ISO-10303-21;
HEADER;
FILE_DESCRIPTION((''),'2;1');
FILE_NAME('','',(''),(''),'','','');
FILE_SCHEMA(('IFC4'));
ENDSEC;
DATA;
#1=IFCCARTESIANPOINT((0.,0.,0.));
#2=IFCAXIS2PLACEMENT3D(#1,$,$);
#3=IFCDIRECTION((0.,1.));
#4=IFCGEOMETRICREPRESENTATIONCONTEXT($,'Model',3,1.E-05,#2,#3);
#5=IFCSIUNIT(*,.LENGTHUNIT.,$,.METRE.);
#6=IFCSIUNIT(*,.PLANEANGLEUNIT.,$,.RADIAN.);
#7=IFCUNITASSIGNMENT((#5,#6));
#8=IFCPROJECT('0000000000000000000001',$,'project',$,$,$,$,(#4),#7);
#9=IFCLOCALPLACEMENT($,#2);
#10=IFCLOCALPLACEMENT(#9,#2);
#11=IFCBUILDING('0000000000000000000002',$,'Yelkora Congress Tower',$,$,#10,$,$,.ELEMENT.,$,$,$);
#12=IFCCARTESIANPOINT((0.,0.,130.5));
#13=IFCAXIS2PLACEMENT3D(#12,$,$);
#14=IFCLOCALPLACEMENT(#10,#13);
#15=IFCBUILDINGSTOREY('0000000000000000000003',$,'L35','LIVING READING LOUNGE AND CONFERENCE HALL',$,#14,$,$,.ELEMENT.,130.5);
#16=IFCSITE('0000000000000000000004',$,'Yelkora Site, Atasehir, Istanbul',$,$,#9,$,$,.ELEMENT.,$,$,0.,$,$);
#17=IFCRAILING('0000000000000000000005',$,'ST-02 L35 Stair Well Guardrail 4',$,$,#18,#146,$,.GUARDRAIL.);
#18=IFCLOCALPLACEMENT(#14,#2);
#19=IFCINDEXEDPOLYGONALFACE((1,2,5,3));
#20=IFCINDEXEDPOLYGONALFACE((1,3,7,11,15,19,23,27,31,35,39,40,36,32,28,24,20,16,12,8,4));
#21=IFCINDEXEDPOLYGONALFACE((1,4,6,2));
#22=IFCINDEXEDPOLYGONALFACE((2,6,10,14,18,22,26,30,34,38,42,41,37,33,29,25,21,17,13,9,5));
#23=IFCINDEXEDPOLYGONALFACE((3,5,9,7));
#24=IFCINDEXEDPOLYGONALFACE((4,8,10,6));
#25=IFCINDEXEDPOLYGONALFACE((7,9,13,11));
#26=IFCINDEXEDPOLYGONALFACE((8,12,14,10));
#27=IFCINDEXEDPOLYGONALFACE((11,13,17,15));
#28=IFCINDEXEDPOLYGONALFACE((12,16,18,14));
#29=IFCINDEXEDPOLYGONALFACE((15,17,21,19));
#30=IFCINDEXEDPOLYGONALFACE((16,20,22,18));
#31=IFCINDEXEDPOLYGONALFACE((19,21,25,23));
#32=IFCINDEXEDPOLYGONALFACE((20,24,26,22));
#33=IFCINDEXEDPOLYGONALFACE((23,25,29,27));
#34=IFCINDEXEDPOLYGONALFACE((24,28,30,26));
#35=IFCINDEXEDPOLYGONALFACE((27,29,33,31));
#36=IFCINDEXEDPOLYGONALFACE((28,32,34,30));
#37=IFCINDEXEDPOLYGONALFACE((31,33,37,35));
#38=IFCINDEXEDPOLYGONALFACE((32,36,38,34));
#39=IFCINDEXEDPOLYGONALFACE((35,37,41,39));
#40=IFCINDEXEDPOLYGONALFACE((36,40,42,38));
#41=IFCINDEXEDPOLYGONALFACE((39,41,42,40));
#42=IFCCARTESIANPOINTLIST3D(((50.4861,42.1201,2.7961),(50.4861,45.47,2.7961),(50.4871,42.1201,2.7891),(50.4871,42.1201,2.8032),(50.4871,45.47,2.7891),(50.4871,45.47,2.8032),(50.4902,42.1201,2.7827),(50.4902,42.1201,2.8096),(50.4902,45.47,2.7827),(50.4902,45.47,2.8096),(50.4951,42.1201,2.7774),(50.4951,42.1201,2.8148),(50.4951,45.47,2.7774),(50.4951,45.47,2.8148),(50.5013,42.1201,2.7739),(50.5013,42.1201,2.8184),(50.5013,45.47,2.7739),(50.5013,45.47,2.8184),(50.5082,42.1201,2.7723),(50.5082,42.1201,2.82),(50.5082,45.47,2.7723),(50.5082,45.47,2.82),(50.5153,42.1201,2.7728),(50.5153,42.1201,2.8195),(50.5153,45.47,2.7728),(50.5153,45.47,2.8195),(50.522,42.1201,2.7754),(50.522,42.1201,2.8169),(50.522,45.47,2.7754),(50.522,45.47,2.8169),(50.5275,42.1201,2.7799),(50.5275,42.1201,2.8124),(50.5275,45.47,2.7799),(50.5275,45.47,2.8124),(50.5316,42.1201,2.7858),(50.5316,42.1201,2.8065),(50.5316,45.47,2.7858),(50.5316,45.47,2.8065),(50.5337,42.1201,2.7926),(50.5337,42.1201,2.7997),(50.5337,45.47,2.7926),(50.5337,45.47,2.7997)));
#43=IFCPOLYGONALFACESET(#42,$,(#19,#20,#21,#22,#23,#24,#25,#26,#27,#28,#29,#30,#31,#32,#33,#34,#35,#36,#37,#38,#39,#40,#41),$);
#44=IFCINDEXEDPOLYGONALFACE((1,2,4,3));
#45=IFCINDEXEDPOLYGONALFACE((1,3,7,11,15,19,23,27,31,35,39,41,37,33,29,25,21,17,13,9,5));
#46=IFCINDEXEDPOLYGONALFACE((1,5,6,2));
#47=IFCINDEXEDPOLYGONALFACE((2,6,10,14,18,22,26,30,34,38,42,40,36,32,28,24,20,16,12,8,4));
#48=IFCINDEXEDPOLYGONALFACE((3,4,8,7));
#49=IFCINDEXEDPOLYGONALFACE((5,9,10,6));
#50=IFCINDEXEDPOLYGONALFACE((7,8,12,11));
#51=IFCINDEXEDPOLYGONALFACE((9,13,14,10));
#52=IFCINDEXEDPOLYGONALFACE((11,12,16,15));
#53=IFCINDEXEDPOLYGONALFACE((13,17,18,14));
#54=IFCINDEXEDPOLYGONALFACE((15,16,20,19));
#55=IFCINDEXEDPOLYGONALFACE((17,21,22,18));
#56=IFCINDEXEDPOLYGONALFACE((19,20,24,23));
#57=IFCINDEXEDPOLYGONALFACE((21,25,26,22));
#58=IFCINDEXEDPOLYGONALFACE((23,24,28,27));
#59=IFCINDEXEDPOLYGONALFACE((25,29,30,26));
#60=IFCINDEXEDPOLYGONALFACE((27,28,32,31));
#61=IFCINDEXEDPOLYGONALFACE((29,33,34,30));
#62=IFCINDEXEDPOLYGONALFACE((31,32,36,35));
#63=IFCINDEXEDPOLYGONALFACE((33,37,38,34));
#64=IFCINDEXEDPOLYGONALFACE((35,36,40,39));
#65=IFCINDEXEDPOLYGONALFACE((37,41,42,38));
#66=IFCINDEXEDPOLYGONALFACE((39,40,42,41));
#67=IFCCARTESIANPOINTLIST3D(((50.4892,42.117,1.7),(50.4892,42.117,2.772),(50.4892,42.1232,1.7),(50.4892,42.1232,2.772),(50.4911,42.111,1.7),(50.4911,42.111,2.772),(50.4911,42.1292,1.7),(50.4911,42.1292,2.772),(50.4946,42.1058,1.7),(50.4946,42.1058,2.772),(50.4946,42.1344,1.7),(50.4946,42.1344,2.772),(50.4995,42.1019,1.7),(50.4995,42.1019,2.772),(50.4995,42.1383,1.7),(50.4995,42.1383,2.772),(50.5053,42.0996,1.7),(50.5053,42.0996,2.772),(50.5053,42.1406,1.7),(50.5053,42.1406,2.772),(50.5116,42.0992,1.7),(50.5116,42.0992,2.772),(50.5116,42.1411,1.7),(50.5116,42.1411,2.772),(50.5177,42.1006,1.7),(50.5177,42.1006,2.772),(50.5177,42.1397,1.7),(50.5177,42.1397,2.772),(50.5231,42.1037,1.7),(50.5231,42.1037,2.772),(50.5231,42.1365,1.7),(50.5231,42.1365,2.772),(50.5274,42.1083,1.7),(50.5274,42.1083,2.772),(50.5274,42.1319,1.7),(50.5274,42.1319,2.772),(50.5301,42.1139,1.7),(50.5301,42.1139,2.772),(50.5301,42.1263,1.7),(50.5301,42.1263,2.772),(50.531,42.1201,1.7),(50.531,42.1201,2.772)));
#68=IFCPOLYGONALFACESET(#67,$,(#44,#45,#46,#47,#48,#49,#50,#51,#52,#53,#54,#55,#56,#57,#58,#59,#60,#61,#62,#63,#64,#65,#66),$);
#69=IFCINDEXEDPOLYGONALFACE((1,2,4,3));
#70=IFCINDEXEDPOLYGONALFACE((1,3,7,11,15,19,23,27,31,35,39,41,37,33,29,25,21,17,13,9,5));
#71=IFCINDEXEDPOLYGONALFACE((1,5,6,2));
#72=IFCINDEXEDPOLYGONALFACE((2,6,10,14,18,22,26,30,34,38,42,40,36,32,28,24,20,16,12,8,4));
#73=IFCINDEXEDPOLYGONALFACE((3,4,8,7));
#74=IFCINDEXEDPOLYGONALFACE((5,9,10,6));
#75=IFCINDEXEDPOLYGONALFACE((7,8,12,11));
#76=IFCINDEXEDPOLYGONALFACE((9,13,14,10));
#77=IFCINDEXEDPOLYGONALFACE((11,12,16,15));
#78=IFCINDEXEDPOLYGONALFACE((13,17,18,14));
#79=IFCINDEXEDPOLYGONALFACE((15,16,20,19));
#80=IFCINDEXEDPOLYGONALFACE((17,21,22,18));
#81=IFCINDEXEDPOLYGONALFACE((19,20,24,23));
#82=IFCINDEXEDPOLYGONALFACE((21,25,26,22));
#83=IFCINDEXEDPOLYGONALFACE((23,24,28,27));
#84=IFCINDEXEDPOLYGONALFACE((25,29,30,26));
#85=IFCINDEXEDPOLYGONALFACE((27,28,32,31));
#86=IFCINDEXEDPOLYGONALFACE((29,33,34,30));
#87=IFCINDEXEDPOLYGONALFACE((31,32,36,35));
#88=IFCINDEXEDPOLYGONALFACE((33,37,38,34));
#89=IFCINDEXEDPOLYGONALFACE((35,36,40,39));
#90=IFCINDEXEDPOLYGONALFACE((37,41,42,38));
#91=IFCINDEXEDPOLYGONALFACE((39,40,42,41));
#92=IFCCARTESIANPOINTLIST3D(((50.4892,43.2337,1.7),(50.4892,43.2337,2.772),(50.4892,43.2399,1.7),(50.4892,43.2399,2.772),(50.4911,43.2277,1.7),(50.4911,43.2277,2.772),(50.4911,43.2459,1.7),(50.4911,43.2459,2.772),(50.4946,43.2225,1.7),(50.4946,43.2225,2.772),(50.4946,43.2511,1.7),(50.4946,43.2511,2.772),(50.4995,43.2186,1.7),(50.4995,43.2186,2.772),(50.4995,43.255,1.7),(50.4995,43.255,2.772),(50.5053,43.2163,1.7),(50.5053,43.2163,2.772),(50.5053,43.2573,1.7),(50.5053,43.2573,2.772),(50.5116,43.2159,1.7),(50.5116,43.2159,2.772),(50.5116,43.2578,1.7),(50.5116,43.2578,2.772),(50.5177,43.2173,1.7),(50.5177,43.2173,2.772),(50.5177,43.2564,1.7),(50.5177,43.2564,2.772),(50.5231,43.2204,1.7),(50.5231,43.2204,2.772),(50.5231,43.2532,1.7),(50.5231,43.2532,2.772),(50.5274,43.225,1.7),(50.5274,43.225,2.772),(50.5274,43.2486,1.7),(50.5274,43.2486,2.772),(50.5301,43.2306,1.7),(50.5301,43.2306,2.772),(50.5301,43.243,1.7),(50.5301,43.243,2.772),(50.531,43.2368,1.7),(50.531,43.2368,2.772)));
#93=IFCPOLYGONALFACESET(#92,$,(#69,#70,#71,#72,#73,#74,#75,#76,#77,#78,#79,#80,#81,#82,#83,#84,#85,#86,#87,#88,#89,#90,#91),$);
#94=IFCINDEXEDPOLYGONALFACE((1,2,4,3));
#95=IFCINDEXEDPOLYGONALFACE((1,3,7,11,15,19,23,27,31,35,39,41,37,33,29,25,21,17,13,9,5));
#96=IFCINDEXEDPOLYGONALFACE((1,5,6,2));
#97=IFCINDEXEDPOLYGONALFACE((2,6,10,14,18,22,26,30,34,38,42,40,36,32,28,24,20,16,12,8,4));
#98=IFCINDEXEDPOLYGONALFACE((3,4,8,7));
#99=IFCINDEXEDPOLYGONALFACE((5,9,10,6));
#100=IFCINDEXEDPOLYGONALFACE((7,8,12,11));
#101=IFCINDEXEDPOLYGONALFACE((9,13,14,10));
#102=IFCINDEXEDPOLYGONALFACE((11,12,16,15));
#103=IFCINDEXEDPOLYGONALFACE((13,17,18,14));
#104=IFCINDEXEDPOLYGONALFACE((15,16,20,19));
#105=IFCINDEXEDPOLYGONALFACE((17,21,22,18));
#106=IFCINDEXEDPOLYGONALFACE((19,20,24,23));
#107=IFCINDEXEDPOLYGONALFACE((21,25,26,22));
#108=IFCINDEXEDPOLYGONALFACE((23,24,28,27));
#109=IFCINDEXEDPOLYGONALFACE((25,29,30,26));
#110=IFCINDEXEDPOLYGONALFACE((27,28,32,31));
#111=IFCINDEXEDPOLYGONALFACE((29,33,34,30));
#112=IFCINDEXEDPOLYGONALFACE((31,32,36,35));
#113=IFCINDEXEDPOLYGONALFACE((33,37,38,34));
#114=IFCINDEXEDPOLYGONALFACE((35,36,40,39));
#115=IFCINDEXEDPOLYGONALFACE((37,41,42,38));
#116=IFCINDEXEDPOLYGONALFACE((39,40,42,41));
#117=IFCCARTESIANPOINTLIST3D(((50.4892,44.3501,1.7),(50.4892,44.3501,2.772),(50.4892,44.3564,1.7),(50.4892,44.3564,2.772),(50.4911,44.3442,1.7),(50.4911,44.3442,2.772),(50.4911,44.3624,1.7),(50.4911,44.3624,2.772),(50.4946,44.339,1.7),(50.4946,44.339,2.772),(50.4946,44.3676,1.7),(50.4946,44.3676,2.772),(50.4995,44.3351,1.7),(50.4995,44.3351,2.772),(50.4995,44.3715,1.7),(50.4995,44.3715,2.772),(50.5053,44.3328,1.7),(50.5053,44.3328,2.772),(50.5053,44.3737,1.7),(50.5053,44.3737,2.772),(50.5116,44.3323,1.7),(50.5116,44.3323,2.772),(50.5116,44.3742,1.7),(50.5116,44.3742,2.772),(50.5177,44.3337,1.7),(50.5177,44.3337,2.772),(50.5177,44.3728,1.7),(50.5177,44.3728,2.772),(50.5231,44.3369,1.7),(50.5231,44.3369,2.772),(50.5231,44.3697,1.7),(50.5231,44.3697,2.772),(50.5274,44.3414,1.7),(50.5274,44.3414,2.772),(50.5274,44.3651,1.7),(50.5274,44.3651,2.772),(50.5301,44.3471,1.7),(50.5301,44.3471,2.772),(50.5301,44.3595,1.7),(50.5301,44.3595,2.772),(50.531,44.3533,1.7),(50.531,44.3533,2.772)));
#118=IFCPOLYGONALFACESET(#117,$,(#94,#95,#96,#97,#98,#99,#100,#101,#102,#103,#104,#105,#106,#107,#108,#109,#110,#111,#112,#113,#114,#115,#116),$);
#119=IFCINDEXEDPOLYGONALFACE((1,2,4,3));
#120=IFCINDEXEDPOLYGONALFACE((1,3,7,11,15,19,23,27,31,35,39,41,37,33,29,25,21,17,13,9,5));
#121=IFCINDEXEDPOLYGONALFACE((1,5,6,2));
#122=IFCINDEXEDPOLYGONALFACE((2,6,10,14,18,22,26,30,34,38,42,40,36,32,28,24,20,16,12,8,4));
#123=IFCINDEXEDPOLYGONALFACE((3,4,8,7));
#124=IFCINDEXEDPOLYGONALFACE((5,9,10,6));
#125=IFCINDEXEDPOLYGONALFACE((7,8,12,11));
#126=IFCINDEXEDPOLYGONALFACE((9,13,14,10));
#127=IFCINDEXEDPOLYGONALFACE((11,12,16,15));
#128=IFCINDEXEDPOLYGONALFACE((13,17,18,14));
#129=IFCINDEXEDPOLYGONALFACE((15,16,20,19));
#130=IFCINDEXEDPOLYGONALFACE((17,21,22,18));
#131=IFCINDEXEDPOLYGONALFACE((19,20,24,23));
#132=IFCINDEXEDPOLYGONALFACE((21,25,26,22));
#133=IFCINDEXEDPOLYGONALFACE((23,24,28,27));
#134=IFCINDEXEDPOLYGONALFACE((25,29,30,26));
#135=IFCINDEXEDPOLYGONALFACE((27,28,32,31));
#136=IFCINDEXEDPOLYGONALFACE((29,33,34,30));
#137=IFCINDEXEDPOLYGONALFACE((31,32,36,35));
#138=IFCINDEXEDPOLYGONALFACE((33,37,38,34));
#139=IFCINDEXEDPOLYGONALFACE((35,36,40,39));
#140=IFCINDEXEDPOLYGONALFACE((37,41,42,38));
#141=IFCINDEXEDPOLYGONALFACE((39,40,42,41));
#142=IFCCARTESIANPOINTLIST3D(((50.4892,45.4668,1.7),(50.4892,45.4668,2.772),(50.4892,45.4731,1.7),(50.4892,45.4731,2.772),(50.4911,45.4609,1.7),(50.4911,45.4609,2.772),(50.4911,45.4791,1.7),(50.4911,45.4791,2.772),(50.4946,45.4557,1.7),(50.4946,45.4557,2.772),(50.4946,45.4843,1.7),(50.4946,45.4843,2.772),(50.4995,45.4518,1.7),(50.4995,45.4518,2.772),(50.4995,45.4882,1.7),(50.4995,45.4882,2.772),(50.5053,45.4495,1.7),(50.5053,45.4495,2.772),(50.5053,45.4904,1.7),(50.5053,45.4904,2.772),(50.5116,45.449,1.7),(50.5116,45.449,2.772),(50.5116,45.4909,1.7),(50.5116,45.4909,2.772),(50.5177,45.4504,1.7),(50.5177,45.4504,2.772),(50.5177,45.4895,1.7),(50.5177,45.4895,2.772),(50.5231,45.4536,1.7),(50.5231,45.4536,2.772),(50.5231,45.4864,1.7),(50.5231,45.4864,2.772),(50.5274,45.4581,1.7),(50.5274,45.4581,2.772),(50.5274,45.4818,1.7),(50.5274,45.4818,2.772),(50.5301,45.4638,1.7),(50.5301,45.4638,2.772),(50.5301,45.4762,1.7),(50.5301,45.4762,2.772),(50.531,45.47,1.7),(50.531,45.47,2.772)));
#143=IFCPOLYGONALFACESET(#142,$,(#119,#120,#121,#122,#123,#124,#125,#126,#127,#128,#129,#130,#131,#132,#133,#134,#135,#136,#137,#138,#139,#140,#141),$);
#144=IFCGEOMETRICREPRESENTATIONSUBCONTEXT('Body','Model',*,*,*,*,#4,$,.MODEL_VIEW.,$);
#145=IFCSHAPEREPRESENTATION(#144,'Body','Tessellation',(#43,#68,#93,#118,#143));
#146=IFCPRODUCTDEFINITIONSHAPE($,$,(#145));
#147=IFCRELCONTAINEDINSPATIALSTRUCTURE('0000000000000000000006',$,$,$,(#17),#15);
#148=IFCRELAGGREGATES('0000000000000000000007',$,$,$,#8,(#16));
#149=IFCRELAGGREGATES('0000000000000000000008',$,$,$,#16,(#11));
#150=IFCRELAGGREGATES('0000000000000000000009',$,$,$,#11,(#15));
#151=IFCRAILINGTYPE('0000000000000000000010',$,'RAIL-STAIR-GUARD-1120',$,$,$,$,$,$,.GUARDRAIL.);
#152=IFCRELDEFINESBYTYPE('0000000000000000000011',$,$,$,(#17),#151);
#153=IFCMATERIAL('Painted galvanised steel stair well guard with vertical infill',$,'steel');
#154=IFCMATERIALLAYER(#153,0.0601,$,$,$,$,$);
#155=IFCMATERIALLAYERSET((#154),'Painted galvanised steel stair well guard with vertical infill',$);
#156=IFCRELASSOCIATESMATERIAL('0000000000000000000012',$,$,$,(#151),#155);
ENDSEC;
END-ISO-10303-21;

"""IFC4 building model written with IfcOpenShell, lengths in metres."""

from ifc_helpers import new_model, si_unit, direction, frame, origin, origin_2d, place, context, subcontext, project, spatial, circle, extrude, material, layer, layer_set, type_object, element, save


model = new_model("IFC4")

# Units and contexts
model_context = context("Model", 3, precision=1e-05, world=origin(), true_north=direction((0.0, 1.0)))
body_context = subcontext(model_context, "Body", "Model", "MODEL_VIEW")
ifc_project = project(units=[si_unit("LENGTHUNIT", "METRE"), si_unit("PLANEANGLEUNIT", "RADIAN")], contexts=[model_context])

# Site, building, storey
site_placement = place(None, origin())
site = spatial("IfcSite", under=ifc_project, at=site_placement, Name="Yelkora Site, Atasehir, Istanbul", CompositionType="ELEMENT", RefElevation=0.0)
building_placement = place(site_placement, origin())
building = spatial("IfcBuilding", under=site, at=building_placement, Name="Yelkora Congress Tower", CompositionType="ELEMENT")
storey_placement = place(building_placement, frame((0.0, 0.0, 130.5)))
storey = spatial("IfcBuildingStorey", under=building, at=storey_placement, Name="L35", Description="LIVING READING LOUNGE AND CONFERENCE HALL", CompositionType="ELEMENT", Elevation=130.5)

# Railing
ifc_material_1 = material(Name="Painted galvanised steel stair well guard with vertical infill", Category="steel")
ifc_layer_1 = layer(ifc_material_1, 0.0601)
ifc_layer_set_1 = layer_set([ifc_layer_1], Name="Painted galvanised steel stair well guard with vertical infill")
railing_type_1 = type_object("IfcRailingType", Name="RAIL-STAIR-GUARD-1120", PredefinedType="GUARDRAIL", material=ifc_layer_set_1)
for number, where, name in (
    (1, (50.51, 42.1201, 1.7), "ST-02 L35 Stair Well Guardrail 4"),
):
    element("IfcRailing", number, at=place(storey_placement, frame(where)), inside=storey, type_object=railing_type_1, Name=name, PredefinedType="GUARDRAIL", context=body_context, shape_type="SweptSolid", body=[
        extrude(circle(Radius=0.0239, at=origin_2d()), frame((0.0, 0.0, 1.0962), z_axis=(0.0, 1.0, 0.0), x_axis=(-1.0, 0.0, 0.0)), (0.0, 0.0, 1.0), 3.3499),
        extrude(circle(Radius=0.021, at=origin_2d()), origin(), (0.0, 0.0, 1.0), 1.072),
        extrude(circle(Radius=0.021, at=origin_2d()), frame((0.0, 1.1167, 0.0)), (0.0, 0.0, 1.0), 1.072),
        extrude(circle(Radius=0.021, at=origin_2d()), frame((0.0, 2.2332, 0.0)), (0.0, 0.0, 1.0), 1.072),
        extrude(circle(Radius=0.021, at=origin_2d()), frame((0.0, 3.3499, 0.0)), (0.0, 0.0, 1.0), 1.072),
    ])

save(model, "model.ifc")
